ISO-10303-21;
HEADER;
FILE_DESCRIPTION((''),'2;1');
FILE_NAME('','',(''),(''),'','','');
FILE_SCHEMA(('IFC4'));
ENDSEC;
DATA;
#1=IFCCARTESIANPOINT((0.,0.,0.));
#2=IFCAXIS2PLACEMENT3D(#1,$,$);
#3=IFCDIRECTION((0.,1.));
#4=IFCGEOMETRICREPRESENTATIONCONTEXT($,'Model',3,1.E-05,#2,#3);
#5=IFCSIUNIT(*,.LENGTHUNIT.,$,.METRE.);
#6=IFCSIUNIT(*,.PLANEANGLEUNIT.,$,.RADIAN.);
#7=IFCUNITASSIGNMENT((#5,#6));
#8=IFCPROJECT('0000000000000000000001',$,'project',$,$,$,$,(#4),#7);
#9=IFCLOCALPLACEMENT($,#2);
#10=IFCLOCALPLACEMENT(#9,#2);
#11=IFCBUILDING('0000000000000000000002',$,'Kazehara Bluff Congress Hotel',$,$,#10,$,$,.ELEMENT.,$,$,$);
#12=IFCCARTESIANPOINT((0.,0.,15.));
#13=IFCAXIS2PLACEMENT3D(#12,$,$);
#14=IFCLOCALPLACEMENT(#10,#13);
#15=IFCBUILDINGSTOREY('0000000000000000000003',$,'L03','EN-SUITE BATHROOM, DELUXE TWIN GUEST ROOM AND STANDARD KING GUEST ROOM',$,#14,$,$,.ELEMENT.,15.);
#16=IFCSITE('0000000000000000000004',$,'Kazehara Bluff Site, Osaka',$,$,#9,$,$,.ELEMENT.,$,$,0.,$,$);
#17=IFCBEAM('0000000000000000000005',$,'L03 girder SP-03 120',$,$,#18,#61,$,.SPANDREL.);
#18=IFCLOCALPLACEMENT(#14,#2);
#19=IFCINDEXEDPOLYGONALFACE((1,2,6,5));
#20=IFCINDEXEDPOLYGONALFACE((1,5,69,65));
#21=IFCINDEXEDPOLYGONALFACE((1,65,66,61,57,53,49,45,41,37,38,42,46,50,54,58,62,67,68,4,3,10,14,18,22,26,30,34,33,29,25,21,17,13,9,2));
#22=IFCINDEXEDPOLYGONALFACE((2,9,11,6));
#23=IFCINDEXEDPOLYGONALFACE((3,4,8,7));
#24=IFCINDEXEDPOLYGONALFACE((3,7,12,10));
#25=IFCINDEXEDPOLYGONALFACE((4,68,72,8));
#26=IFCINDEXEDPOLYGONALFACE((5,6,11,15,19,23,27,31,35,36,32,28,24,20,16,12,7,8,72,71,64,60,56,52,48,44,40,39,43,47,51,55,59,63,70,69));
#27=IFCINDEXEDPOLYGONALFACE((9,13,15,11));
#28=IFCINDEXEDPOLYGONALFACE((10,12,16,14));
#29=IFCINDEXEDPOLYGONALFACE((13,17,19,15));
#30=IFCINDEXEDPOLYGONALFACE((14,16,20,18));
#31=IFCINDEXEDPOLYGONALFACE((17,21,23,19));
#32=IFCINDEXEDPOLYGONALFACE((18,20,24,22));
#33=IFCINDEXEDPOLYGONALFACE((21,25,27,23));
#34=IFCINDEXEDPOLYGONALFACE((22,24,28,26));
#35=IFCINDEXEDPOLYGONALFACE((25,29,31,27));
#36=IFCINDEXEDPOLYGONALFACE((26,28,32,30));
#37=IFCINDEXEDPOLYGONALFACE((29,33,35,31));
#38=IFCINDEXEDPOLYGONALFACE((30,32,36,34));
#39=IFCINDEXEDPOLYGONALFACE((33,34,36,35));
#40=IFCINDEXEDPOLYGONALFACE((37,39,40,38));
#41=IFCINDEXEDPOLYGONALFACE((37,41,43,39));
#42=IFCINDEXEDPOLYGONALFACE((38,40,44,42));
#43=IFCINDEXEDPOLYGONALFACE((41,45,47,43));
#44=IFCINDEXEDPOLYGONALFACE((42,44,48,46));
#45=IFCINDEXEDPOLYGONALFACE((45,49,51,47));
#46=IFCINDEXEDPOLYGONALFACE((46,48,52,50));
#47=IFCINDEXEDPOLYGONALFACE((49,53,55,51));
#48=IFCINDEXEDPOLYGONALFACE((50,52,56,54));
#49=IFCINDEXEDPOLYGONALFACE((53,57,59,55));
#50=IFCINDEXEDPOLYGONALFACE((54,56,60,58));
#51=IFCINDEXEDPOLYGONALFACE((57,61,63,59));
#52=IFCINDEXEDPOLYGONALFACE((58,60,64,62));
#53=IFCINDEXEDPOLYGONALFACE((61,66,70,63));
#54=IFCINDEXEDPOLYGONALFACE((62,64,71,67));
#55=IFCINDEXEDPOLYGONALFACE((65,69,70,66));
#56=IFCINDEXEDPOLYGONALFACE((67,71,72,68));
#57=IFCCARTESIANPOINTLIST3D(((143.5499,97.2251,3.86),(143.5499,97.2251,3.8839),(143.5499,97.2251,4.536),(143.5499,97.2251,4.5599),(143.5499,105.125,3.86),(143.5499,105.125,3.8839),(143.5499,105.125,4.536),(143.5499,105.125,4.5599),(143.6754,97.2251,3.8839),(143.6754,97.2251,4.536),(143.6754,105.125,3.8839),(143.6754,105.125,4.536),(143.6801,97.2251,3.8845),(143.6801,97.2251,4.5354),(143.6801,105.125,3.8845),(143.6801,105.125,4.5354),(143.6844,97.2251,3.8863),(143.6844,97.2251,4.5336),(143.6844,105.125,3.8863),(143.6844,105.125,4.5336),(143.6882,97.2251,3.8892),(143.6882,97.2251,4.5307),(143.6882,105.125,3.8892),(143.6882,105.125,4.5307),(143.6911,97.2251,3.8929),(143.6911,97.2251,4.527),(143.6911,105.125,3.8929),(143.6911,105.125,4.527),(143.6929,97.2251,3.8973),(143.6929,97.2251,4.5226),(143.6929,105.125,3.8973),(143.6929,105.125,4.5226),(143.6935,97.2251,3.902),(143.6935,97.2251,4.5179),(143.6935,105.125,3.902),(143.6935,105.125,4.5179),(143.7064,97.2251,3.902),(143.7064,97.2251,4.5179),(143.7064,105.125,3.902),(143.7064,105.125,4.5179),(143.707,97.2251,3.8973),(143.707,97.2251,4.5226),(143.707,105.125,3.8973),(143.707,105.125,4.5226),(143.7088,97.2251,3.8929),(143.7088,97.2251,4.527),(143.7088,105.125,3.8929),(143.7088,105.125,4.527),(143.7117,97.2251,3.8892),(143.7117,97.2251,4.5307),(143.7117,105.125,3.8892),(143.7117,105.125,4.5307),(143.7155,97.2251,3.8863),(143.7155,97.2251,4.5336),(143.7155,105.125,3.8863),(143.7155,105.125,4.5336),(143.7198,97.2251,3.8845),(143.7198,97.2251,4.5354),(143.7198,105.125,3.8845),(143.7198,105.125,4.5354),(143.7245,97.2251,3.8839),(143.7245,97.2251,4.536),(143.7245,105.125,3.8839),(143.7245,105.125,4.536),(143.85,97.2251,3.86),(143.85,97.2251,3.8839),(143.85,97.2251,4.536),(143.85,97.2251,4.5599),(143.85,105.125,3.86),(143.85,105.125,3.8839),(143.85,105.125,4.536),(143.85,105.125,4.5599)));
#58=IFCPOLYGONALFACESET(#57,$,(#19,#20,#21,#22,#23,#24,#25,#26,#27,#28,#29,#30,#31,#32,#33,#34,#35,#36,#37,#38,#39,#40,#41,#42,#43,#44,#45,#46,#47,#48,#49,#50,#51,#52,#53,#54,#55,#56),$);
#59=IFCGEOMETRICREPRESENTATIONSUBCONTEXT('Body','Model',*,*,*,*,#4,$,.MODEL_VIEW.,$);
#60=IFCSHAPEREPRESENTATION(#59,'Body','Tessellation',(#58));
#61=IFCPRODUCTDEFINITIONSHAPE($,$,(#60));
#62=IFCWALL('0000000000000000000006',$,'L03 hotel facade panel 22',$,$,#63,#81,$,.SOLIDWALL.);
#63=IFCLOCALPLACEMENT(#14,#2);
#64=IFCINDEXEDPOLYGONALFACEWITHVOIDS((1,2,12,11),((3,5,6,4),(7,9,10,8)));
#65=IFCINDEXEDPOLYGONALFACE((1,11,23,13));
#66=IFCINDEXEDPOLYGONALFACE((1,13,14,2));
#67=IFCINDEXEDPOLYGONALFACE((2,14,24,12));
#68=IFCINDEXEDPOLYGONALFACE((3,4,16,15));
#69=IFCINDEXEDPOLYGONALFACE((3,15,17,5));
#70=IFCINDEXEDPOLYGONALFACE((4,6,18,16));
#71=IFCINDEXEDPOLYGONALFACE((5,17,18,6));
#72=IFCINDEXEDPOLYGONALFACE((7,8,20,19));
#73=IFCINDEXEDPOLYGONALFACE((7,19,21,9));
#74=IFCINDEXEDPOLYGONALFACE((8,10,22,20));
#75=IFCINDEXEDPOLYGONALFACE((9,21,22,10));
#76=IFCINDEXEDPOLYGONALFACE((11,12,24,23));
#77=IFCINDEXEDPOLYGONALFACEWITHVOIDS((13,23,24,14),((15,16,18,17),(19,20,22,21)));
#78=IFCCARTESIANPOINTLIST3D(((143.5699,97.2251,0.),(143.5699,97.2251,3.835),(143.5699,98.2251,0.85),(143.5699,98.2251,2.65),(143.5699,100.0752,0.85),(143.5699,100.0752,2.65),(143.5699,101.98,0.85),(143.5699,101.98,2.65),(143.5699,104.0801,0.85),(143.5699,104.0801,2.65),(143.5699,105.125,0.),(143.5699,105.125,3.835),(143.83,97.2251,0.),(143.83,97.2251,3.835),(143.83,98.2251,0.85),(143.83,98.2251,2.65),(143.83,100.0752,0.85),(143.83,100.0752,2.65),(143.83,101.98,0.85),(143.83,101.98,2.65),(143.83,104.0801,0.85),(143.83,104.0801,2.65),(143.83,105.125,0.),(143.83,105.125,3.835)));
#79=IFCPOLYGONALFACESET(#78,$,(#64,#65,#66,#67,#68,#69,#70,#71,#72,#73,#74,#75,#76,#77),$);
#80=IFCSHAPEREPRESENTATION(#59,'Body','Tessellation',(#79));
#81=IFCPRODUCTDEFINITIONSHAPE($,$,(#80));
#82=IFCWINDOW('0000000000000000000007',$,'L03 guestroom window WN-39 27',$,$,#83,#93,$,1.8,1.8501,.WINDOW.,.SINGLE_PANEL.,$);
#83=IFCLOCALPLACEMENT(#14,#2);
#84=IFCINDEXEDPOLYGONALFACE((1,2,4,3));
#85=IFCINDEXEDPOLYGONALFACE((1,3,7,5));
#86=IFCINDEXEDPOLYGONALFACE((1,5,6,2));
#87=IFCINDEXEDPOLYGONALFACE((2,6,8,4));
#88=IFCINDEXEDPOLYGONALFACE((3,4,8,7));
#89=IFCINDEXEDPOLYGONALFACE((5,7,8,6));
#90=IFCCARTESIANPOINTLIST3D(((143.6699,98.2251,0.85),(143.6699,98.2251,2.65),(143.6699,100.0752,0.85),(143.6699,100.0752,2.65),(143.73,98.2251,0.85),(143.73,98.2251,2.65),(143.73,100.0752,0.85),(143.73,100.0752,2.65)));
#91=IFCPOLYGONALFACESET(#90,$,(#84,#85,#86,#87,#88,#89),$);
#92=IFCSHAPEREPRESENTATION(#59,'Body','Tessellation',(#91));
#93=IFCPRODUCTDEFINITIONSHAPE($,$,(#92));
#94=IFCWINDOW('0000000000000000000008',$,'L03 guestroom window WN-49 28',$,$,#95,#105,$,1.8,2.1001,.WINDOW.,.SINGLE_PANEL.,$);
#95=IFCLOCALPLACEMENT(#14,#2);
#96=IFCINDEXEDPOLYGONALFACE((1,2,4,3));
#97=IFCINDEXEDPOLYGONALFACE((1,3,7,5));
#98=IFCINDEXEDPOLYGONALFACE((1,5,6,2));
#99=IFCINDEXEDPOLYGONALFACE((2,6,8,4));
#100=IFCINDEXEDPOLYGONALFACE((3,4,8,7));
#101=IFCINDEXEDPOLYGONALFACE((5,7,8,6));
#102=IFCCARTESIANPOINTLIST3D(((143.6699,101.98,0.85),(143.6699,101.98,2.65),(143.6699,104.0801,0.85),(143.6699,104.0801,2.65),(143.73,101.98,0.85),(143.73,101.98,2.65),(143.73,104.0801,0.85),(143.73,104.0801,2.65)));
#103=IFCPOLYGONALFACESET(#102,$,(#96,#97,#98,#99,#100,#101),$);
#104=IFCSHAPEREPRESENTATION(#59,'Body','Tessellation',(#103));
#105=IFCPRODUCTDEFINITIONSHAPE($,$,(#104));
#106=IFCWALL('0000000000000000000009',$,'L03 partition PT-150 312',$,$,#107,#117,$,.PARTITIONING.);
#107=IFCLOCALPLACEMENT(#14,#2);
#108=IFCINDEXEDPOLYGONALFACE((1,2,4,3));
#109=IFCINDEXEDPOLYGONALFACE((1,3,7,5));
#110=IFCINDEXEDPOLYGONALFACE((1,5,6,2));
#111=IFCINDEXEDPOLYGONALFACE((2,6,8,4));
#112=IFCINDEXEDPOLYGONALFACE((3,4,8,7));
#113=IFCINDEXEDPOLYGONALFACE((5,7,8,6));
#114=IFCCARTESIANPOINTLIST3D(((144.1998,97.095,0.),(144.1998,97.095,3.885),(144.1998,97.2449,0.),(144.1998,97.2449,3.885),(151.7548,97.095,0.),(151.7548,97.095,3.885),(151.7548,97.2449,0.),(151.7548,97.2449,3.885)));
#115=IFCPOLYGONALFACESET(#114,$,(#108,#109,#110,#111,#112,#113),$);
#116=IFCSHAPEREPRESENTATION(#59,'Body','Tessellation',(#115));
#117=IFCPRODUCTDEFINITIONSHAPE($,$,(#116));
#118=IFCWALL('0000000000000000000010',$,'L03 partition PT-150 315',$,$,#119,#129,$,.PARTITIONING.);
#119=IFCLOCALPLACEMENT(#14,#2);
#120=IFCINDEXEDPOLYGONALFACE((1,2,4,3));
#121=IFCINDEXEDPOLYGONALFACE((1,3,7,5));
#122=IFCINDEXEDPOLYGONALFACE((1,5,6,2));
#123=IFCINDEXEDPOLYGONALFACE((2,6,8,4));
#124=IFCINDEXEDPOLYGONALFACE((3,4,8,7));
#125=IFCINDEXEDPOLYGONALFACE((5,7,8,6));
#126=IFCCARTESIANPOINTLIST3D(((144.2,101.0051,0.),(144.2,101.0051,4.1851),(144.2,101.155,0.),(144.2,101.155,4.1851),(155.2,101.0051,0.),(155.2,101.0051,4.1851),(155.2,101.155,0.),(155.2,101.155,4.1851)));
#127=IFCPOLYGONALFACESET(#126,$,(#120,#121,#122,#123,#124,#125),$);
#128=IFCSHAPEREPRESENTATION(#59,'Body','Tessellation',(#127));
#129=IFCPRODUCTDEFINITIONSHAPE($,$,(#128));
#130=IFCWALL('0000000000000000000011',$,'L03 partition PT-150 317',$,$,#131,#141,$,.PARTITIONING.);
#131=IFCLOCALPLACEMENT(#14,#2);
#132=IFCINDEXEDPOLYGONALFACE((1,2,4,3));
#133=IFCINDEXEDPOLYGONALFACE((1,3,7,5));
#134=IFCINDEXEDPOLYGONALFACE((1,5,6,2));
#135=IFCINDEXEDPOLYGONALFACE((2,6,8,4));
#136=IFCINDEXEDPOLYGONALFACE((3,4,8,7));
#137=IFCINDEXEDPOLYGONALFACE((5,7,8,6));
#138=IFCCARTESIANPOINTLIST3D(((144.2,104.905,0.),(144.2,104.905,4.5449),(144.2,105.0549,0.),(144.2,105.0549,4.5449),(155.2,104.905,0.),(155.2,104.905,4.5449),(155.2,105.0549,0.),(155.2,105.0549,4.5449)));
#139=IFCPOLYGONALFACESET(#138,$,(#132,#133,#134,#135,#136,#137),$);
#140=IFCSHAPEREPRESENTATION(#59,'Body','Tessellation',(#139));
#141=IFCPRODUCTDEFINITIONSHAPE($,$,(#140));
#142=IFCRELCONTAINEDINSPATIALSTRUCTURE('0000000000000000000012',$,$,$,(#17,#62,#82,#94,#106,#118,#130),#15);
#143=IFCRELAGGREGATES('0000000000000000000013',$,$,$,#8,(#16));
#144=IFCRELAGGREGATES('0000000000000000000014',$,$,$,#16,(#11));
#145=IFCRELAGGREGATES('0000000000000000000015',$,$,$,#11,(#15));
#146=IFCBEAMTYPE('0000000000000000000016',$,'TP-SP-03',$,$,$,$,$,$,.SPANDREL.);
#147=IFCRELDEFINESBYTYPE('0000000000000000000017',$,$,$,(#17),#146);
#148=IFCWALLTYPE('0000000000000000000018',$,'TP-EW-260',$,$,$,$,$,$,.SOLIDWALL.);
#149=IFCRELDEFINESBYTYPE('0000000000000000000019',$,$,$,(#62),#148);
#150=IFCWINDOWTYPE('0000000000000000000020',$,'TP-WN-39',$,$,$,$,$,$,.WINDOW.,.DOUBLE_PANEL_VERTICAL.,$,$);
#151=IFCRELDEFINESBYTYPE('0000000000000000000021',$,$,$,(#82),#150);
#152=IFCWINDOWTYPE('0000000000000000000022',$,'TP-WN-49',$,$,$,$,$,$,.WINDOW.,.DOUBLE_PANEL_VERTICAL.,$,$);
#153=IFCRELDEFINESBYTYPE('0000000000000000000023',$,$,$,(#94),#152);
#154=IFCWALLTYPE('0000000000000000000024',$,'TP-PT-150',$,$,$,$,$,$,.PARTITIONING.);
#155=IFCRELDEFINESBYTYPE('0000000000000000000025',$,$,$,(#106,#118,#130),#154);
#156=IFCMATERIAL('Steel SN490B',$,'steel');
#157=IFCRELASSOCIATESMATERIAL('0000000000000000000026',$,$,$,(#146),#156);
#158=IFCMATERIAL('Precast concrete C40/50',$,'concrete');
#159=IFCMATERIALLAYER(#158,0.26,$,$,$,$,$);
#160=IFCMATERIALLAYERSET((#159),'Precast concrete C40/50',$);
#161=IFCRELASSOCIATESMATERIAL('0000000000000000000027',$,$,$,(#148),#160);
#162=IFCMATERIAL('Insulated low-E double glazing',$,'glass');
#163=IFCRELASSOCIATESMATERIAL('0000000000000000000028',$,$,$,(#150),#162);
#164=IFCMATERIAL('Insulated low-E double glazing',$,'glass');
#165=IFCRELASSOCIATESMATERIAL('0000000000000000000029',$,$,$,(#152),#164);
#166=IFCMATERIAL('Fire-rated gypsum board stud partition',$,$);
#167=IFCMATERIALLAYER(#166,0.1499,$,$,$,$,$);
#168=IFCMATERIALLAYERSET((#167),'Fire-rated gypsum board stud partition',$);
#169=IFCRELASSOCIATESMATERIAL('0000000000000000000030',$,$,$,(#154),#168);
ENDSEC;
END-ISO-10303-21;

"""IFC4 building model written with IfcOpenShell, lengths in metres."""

from ifc_helpers import new_model, si_unit, direction, frame, frame_2d, origin, origin_2d, place, context, subcontext, project, spatial, rectangle, i_section, extrude, material, layer, layer_set, material_profile, profile_set, type_object, element, fill, save


model = new_model("IFC4")

# Units and contexts
model_context = context("Model", 3, precision=1e-05, world=origin(), true_north=direction((0.0, 1.0)))
body_context = subcontext(model_context, "Body", "Model", "MODEL_VIEW")
ifc_project = project(units=[si_unit("LENGTHUNIT", "METRE"), si_unit("PLANEANGLEUNIT", "RADIAN")], contexts=[model_context])

# Site, building, storey
site_placement = place(None, origin())
site = spatial("IfcSite", under=ifc_project, at=site_placement, Name="Kazehara Bluff Site, Osaka", CompositionType="ELEMENT", RefElevation=0.0)
building_placement = place(site_placement, origin())
building = spatial("IfcBuilding", under=site, at=building_placement, Name="Kazehara Bluff Congress Hotel", CompositionType="ELEMENT")
storey_placement = place(building_placement, frame((0.0, 0.0, 15.0)))
storey = spatial("IfcBuildingStorey", under=building, at=storey_placement, Name="L03", Description="EN-SUITE BATHROOM, DELUXE TWIN GUEST ROOM AND STANDARD KING GUEST ROOM", CompositionType="ELEMENT", Elevation=15.0)

# Beam
ifc_material_1 = material(Name="Steel SN490B", Category="steel")
ifc_material_profile_1 = material_profile(ifc_material_1, i_section(OverallWidth=0.3, OverallDepth=0.7, WebThickness=0.0129, FlangeThickness=0.0239, FilletRadius=0.0181, at=origin_2d()))
ifc_profile_set_1 = profile_set([ifc_material_profile_1], Name="Steel SN490B")
beam_type_1 = type_object("IfcBeamType", Name="TP-SP-03", PredefinedType="SPANDREL", material=ifc_profile_set_1)
beam_1_placement = place(storey_placement, frame((143.7, 97.2251, 4.21), z_axis=(0.0, 1.0, 0.0), x_axis=(-1.0, 0.0, 0.0)))
element("IfcBeam", 1, at=beam_1_placement, inside=storey, type_object=beam_type_1, Name="L03 girder SP-03 120", PredefinedType="SPANDREL", context=body_context, shape_type="SweptSolid", body=[
    extrude(i_section(OverallWidth=0.3, OverallDepth=0.7, WebThickness=0.0129, FlangeThickness=0.0239, FilletRadius=0.0181, at=origin_2d()), origin(), (0.0, 0.0, 1.0), 7.8999),
])

# Wall, openings, windows
ifc_material_2 = material(Name="Precast concrete C40/50", Category="concrete")
ifc_layer_1 = layer(ifc_material_2, 0.26)
ifc_layer_set_1 = layer_set([ifc_layer_1], Name="Precast concrete C40/50")
wall_type_1 = type_object("IfcWallType", Name="TP-EW-260", PredefinedType="SOLIDWALL", material=ifc_layer_set_1)
wall_1_placement = place(storey_placement, frame((143.7, 97.2251, 0.0), z_axis=(0.0, 0.0, 1.0), x_axis=(0.0, 1.0, 0.0)))
wall_1 = element("IfcWall", 2, at=wall_1_placement, inside=storey, type_object=wall_type_1, Name="L03 hotel facade panel 22", PredefinedType="SOLIDWALL", context=body_context, shape_type="SweptSolid", body=[
    extrude(rectangle(XDim=7.8999, YDim=0.26, at=frame_2d((3.95, 0.0))), origin(), (0.0, 0.0, 1.0), 3.835),
])
opening_1_placement = place(wall_1_placement, frame((1.0, 0.0, 0.8501)))
opening_1 = element("IfcOpeningElement", 3, at=opening_1_placement, cuts=wall_1, PredefinedType="OPENING", context=body_context, shape_type="SweptSolid", body=[
    extrude(rectangle(XDim=1.8501, YDim=1.8, at=frame_2d((0.925, 0.8999))), frame((0.0, 0.1399, 0.0), z_axis=(0.0, -1.0, 0.0), x_axis=(1.0, 0.0, 0.0)), (0.0, 0.0, 1.0), 0.28),
])
opening_2_placement = place(wall_1_placement, frame((4.7549, 0.0, 0.8501)))
opening_2 = element("IfcOpeningElement", 4, at=opening_2_placement, cuts=wall_1, PredefinedType="OPENING", context=body_context, shape_type="SweptSolid", body=[
    extrude(rectangle(XDim=2.1001, YDim=1.8, at=frame_2d((1.05, 0.8999))), frame((0.0, 0.1399, 0.0), z_axis=(0.0, -1.0, 0.0), x_axis=(1.0, 0.0, 0.0)), (0.0, 0.0, 1.0), 0.28),
])
ifc_material_3 = material(Name="Insulated low-E double glazing", Category="glass")
window_type_1 = type_object("IfcWindowType", Name="TP-WN-39", PartitioningType="DOUBLE_PANEL_VERTICAL", PredefinedType="WINDOW", material=ifc_material_3)
window_1_placement = place(opening_1_placement, origin())
window_1 = element("IfcWindow", 5, at=window_1_placement, inside=storey, type_object=window_type_1, Name="L03 guestroom window WN-39 27", OverallHeight=1.8, OverallWidth=1.8501, PartitioningType="SINGLE_PANEL", PredefinedType="WINDOW", context=body_context, shape_type="SweptSolid", body=[
    extrude(rectangle(XDim=1.8501, YDim=1.8, at=frame_2d((0.925, 0.8999))), frame((0.0, 0.03, 0.0), z_axis=(0.0, -1.0, 0.0), x_axis=(1.0, 0.0, 0.0)), (0.0, 0.0, 1.0), 0.0601),
])
fill(opening_1, window_1)
ifc_material_4 = material(Name="Insulated low-E double glazing", Category="glass")
window_type_2 = type_object("IfcWindowType", Name="TP-WN-49", PartitioningType="DOUBLE_PANEL_VERTICAL", PredefinedType="WINDOW", material=ifc_material_4)
window_2_placement = place(opening_2_placement, origin())
window_2 = element("IfcWindow", 6, at=window_2_placement, inside=storey, type_object=window_type_2, Name="L03 guestroom window WN-49 28", OverallHeight=1.8, OverallWidth=2.1001, PartitioningType="SINGLE_PANEL", PredefinedType="WINDOW", context=body_context, shape_type="SweptSolid", body=[
    extrude(rectangle(XDim=2.1001, YDim=1.8, at=frame_2d((1.05, 0.8999))), frame((0.0, 0.03, 0.0), z_axis=(0.0, -1.0, 0.0), x_axis=(1.0, 0.0, 0.0)), (0.0, 0.0, 1.0), 0.0601),
])
fill(opening_2, window_2)

# Walls
ifc_material_5 = material(Name="Fire-rated gypsum board stud partition")
ifc_layer_2 = layer(ifc_material_5, 0.1499)
ifc_layer_set_2 = layer_set([ifc_layer_2], Name="Fire-rated gypsum board stud partition")
wall_type_2 = type_object("IfcWallType", Name="TP-PT-150", PredefinedType="PARTITIONING", material=ifc_layer_set_2)
wall_2_placement = place(storey_placement, frame((144.2, 97.1699, 0.0), z_axis=(0.0, 0.0, 1.0), x_axis=(1.0, 0.0, 0.0)))
element("IfcWall", 7, at=wall_2_placement, inside=storey, type_object=wall_type_2, Name="L03 partition PT-150 312", PredefinedType="PARTITIONING", context=body_context, shape_type="SweptSolid", body=[
    extrude(rectangle(XDim=7.5549, YDim=0.1499, at=frame_2d((3.7773, 0.0))), origin(), (0.0, 0.0, 1.0), 3.885),
])
wall_3_placement = place(storey_placement, frame((144.2, 101.0801, 0.0), z_axis=(0.0, 0.0, 1.0), x_axis=(1.0, 0.0, 0.0)))
element("IfcWall", 8, at=wall_3_placement, inside=storey, type_object=wall_type_2, Name="L03 partition PT-150 315", PredefinedType="PARTITIONING", context=body_context, shape_type="SweptSolid", body=[
    extrude(rectangle(XDim=11.0, YDim=0.1499, at=frame_2d((5.5, 0.0))), origin(), (0.0, 0.0, 1.0), 4.1851),
])
wall_4_placement = place(storey_placement, frame((144.2, 104.98, 0.0), z_axis=(0.0, 0.0, 1.0), x_axis=(1.0, 0.0, 0.0)))
element("IfcWall", 9, at=wall_4_placement, inside=storey, type_object=wall_type_2, Name="L03 partition PT-150 317", PredefinedType="PARTITIONING", context=body_context, shape_type="SweptSolid", body=[
    extrude(rectangle(XDim=11.0, YDim=0.1499, at=frame_2d((5.5, 0.0))), origin(), (0.0, 0.0, 1.0), 4.5449),
])

save(model, "model.ifc")
